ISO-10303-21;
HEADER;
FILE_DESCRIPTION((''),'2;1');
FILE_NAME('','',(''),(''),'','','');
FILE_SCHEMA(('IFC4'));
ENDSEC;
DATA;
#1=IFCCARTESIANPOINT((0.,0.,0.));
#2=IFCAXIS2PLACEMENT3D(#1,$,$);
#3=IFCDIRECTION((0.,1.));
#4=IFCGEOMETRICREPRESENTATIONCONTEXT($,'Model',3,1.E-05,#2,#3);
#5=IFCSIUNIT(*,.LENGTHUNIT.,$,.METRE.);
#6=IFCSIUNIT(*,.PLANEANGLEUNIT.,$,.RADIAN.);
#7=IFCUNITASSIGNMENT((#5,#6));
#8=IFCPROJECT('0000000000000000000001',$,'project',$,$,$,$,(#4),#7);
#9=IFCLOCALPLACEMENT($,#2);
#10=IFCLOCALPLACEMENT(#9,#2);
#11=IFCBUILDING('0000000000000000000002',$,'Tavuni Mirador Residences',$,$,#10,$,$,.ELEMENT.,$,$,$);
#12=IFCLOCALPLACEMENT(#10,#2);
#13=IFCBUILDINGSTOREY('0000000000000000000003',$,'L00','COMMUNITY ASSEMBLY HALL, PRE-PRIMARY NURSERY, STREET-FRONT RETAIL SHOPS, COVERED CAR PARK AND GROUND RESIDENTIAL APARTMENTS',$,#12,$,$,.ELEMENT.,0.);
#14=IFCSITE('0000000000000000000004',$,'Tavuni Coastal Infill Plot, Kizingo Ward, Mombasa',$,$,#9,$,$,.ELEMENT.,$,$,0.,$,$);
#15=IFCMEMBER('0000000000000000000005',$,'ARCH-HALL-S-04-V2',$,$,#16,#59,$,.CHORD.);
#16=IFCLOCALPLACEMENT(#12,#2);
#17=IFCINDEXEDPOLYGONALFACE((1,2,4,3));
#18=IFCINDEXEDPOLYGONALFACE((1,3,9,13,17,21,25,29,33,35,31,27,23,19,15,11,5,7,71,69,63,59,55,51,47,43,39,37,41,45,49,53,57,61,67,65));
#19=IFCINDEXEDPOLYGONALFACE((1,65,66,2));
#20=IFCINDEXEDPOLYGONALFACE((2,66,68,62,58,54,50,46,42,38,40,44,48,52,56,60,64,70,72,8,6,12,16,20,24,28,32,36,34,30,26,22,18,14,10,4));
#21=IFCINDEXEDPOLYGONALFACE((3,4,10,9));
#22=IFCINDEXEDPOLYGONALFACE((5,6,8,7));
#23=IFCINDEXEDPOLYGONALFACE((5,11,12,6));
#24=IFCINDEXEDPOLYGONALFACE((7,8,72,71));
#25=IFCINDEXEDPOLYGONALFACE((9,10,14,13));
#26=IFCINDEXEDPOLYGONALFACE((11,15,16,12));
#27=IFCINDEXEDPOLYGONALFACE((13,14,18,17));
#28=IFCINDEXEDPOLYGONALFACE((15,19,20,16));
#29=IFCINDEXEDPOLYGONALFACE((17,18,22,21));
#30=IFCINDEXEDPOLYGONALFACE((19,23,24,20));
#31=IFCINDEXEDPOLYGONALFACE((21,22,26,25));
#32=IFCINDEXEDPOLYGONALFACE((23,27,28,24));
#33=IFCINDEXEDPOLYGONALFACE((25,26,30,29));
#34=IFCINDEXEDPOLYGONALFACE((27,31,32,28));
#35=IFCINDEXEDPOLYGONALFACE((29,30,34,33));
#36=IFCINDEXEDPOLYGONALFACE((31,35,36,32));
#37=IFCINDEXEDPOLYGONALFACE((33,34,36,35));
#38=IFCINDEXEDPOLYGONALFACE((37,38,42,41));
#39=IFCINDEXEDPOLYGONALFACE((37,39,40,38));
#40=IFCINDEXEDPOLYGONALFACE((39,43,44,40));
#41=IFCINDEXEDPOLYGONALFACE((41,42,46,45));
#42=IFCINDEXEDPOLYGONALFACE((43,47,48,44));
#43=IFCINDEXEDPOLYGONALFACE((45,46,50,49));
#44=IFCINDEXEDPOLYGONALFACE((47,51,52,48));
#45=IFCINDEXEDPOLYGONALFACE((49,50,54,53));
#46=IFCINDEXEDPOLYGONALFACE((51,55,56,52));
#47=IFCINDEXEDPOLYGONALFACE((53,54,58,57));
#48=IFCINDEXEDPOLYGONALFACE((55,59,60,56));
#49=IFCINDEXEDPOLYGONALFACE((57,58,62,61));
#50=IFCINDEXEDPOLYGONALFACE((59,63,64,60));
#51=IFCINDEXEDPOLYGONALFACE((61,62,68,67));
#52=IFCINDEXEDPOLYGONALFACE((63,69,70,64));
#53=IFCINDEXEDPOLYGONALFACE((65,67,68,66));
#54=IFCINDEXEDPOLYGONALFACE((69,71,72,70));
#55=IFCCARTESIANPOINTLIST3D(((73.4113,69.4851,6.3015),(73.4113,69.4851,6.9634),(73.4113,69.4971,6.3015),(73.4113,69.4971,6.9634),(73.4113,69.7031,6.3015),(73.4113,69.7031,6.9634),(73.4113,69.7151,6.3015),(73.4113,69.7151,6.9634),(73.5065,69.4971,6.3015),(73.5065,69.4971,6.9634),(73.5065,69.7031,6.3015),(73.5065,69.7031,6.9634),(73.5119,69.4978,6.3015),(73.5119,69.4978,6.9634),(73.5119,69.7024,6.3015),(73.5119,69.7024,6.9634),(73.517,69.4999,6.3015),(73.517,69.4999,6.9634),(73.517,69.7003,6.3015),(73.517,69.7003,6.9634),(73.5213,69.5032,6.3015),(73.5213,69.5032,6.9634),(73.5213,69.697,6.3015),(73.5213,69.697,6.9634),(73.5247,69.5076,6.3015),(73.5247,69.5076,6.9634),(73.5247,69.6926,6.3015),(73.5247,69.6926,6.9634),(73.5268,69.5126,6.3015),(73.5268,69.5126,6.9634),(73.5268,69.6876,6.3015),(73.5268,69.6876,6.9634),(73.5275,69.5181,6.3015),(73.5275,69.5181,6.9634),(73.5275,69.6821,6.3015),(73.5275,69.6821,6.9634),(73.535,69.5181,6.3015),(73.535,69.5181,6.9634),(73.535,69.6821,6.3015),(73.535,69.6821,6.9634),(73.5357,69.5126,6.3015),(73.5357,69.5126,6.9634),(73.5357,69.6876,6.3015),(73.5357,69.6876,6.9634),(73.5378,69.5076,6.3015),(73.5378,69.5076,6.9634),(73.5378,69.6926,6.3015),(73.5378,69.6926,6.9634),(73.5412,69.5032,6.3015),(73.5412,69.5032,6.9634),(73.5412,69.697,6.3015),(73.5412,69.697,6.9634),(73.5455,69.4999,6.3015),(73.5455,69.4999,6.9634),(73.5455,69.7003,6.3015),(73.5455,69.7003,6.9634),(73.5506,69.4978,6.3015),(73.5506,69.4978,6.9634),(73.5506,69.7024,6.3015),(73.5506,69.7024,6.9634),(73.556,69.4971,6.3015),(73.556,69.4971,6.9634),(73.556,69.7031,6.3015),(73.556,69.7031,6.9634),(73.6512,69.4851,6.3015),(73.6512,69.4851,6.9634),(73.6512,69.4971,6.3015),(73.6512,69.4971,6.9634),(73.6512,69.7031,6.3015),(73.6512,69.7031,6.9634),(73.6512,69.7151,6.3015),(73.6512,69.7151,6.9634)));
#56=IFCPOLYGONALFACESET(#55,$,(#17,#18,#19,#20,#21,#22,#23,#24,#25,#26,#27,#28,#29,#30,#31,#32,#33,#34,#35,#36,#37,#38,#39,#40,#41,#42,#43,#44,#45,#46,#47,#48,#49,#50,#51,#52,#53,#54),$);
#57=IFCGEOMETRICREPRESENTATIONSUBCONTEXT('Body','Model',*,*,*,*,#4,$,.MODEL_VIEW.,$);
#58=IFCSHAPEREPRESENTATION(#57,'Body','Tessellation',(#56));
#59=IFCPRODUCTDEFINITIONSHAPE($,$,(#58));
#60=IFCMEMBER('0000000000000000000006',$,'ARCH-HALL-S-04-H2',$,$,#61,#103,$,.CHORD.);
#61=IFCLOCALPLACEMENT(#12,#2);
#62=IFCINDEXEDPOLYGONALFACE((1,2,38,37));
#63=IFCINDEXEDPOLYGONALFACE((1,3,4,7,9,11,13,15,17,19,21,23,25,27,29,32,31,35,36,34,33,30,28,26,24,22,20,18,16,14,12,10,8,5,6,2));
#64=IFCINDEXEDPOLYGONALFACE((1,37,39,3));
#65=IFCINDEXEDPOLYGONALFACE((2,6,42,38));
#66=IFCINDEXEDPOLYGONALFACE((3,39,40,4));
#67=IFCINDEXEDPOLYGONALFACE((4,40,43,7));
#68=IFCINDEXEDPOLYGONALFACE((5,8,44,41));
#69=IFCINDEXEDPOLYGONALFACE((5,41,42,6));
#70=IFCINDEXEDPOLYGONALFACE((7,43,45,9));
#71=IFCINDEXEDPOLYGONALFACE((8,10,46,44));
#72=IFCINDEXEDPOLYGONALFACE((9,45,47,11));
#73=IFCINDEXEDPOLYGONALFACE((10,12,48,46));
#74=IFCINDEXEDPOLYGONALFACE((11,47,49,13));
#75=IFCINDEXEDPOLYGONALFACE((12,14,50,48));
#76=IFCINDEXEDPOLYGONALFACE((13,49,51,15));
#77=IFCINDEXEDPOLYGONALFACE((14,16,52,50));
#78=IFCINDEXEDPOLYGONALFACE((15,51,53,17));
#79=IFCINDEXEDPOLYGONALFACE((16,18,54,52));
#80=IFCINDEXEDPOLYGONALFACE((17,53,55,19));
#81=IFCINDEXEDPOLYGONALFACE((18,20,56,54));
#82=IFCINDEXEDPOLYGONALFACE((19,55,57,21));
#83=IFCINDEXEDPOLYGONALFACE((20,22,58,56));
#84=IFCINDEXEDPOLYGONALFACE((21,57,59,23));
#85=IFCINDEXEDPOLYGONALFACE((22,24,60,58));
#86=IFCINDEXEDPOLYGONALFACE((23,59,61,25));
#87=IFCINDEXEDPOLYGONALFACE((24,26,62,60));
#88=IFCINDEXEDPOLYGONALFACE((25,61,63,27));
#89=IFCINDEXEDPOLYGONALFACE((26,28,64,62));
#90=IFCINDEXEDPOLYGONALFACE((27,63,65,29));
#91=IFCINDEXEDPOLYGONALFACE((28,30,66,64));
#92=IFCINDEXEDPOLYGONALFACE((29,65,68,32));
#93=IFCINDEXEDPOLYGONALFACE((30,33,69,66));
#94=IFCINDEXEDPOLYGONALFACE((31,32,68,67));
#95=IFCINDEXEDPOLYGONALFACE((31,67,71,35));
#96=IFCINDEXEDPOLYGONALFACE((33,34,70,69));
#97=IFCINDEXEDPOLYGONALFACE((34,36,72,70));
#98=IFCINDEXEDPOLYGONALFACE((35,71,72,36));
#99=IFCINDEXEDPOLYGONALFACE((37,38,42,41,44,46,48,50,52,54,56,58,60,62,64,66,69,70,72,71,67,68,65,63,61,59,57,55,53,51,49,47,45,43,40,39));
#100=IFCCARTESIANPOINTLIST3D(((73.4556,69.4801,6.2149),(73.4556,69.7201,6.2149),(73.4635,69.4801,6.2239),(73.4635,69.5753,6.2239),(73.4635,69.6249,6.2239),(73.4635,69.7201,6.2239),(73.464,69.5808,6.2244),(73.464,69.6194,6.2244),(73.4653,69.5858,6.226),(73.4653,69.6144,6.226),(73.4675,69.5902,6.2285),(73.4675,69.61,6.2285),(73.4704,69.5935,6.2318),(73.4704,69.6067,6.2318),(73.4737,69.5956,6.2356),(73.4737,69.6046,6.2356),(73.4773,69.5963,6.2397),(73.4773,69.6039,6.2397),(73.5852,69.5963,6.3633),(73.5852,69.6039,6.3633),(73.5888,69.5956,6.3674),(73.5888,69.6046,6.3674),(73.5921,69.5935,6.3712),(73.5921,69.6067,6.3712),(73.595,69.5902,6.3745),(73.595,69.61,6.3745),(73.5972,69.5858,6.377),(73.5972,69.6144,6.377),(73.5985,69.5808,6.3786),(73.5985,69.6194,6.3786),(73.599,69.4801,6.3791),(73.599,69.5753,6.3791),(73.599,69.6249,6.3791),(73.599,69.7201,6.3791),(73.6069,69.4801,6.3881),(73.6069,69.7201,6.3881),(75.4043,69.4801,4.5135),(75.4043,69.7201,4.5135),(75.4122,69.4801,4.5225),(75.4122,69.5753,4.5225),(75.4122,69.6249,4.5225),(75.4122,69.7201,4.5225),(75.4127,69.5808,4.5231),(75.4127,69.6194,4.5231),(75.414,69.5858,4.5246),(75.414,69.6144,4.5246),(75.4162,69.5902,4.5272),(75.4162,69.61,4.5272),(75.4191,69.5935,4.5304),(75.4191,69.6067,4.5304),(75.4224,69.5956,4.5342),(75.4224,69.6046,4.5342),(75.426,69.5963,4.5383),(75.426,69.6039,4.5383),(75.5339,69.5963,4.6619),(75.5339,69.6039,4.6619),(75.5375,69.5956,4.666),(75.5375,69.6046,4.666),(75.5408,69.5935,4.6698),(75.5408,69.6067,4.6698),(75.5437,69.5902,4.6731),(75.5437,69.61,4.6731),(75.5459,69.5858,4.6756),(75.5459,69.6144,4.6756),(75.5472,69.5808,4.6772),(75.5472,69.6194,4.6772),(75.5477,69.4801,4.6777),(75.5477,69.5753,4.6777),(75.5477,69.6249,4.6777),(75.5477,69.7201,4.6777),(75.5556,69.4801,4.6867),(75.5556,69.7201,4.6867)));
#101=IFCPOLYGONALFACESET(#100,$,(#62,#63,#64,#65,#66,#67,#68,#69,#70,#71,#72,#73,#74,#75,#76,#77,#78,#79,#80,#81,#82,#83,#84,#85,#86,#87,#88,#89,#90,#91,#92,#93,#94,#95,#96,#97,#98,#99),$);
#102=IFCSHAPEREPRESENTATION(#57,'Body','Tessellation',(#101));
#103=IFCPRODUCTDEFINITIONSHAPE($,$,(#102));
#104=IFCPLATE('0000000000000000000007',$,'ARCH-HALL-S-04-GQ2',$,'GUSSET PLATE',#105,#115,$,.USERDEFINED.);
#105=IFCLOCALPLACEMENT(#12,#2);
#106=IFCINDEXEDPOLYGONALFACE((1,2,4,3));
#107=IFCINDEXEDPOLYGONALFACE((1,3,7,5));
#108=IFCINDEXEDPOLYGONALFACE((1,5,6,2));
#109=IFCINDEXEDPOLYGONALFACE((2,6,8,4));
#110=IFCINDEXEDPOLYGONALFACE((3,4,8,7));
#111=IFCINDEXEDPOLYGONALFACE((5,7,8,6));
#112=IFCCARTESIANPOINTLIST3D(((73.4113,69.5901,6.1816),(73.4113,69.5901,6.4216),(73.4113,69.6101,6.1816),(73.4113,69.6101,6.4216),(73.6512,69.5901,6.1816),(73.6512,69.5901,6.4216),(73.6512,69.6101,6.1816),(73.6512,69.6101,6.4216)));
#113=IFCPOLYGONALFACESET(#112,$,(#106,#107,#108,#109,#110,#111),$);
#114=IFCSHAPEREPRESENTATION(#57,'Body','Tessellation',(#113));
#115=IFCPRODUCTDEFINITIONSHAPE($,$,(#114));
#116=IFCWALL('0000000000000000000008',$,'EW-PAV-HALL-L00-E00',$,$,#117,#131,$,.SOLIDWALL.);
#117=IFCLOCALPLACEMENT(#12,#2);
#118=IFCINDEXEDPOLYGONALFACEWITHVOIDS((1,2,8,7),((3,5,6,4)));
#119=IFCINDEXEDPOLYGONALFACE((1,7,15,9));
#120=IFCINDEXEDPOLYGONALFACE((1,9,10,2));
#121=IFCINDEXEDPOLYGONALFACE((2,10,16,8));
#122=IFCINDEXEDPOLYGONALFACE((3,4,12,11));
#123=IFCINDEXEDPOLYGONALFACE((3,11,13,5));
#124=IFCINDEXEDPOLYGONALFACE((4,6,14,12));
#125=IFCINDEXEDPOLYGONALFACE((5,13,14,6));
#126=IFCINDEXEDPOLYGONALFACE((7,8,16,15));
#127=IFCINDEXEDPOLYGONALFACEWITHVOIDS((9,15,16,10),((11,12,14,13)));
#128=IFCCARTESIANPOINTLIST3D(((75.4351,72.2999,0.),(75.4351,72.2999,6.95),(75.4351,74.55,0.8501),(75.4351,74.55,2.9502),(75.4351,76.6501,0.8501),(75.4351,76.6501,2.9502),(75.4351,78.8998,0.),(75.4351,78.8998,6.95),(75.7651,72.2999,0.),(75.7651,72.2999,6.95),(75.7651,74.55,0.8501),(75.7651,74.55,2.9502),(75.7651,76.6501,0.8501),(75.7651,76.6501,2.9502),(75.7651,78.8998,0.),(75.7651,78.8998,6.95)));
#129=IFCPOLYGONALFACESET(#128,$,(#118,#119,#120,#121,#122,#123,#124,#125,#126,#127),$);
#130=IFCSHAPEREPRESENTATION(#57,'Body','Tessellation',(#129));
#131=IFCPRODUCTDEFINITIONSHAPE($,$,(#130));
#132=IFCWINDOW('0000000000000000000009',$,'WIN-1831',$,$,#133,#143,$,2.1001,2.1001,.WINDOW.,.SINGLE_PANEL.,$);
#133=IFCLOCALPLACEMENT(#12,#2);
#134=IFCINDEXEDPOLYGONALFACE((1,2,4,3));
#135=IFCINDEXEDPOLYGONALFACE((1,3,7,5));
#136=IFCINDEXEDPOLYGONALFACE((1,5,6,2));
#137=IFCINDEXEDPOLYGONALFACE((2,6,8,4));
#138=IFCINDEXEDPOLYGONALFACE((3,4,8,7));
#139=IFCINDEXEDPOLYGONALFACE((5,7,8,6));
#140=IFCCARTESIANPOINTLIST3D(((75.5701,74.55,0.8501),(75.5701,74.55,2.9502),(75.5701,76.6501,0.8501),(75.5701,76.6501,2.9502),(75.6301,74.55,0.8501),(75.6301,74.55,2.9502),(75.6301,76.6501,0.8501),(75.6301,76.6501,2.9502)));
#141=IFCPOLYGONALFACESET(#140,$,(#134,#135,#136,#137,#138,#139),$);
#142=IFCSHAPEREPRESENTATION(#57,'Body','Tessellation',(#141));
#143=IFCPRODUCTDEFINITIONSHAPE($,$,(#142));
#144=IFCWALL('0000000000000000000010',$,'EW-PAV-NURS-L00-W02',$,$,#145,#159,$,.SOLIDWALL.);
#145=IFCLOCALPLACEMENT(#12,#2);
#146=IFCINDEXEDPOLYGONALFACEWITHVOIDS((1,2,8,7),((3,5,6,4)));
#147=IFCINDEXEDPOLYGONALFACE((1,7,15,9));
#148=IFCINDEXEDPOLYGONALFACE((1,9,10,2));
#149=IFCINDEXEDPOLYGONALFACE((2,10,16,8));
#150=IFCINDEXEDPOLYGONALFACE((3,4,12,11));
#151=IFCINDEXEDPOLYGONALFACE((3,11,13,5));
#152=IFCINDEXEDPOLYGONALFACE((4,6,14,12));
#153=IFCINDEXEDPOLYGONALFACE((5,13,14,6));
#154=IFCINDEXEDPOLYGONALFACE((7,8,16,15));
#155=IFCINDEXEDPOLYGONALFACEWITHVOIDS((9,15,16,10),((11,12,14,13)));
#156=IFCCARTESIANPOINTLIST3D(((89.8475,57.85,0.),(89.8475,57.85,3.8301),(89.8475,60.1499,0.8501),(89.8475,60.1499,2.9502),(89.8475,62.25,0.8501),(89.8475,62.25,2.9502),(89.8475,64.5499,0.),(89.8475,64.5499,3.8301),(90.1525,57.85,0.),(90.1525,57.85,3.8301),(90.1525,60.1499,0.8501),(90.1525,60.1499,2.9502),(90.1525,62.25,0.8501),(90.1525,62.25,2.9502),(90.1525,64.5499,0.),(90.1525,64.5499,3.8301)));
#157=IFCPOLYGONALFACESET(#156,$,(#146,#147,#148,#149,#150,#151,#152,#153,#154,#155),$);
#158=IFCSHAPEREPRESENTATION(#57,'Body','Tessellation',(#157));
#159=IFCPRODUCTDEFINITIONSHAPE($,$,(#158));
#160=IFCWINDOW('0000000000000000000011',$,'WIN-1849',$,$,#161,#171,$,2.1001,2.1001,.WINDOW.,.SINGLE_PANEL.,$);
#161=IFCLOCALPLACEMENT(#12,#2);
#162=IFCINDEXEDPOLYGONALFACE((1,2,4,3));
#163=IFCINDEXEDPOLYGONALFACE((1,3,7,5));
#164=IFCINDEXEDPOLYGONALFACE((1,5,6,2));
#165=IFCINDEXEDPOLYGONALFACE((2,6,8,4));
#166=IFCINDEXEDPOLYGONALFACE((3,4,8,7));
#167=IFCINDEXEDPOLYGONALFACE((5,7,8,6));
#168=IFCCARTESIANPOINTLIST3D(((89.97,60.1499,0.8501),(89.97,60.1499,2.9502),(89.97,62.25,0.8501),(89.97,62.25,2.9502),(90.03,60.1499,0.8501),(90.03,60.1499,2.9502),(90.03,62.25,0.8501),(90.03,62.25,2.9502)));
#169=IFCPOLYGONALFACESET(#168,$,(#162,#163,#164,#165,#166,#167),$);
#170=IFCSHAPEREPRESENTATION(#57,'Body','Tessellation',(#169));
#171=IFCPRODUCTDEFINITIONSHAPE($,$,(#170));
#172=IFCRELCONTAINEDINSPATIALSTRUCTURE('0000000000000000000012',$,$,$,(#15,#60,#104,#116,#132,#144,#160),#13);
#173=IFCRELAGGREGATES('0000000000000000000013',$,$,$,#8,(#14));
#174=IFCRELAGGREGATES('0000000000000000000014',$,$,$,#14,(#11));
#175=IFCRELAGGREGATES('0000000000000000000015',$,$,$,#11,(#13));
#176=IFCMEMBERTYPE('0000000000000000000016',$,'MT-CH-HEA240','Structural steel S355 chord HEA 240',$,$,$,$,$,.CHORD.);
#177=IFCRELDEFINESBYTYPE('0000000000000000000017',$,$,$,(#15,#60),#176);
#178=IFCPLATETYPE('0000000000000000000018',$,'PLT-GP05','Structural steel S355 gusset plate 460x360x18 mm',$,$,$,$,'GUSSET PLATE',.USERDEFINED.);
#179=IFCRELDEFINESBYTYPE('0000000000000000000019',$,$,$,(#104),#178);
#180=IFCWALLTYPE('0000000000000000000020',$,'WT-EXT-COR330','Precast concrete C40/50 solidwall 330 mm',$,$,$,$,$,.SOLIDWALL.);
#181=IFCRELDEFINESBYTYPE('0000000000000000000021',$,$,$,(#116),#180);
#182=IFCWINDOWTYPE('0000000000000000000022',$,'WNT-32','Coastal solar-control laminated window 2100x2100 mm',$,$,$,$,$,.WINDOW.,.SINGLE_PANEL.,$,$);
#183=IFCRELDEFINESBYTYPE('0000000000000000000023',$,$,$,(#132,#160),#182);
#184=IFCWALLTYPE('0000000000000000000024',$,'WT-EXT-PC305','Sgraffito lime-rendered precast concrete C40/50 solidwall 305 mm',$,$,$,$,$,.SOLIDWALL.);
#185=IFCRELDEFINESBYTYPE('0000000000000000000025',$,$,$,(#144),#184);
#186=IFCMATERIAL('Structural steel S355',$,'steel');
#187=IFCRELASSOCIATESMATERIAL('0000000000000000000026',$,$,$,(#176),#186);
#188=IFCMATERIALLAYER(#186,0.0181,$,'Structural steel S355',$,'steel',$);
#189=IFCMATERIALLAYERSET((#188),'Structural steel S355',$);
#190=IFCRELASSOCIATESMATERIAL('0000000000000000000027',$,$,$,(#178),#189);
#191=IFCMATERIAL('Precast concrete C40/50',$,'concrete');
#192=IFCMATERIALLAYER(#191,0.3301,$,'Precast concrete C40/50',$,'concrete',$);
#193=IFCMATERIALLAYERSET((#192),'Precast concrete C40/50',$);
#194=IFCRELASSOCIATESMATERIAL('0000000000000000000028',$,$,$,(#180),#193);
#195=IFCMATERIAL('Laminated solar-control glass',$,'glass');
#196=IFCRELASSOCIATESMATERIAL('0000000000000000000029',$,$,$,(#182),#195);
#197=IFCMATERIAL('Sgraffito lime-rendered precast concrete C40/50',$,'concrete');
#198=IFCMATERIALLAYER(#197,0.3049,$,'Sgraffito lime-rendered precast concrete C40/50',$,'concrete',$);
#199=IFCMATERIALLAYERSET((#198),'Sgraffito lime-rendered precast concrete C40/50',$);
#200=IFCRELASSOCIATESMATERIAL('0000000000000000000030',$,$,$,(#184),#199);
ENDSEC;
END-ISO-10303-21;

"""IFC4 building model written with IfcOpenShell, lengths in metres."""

from ifc_helpers import new_model, si_unit, direction, frame, frame_2d, origin, origin_2d, place, context, subcontext, project, spatial, rectangle, i_section, extrude, material, layer, layer_set, material_profile, profile_set, type_object, element, fill, save


model = new_model("IFC4")

# Units and contexts
model_context = context("Model", 3, precision=1e-05, world=origin(), true_north=direction((0.0, 1.0)))
body_context = subcontext(model_context, "Body", "Model", "MODEL_VIEW")
ifc_project = project(units=[si_unit("LENGTHUNIT", "METRE"), si_unit("PLANEANGLEUNIT", "RADIAN")], contexts=[model_context])

# Site, building, storey
site_placement = place(None, origin())
site = spatial("IfcSite", under=ifc_project, at=site_placement, Name="Tavuni Coastal Infill Plot, Kizingo Ward, Mombasa", CompositionType="ELEMENT", RefElevation=0.0)
building_placement = place(site_placement, origin())
building = spatial("IfcBuilding", under=site, at=building_placement, Name="Tavuni Mirador Residences", CompositionType="ELEMENT")
storey_placement = place(building_placement, origin())
storey = spatial("IfcBuildingStorey", under=building, at=storey_placement, Name="L00", Description="COMMUNITY ASSEMBLY HALL, PRE-PRIMARY NURSERY, STREET-FRONT RETAIL SHOPS, COVERED CAR PARK AND GROUND RESIDENTIAL APARTMENTS", CompositionType="ELEMENT", Elevation=0.0)

# Shared definitions
ifc_material_1 = material(Name="Precast concrete C40/50", Category="concrete")
ifc_material_2 = material(Name="Structural steel S355", Category="steel")

# Members
ifc_material_profile_1 = material_profile(ifc_material_2, i_section(OverallWidth=0.24, OverallDepth=0.23, WebThickness=0.0076, FlangeThickness=0.012, FilletRadius=0.021, at=origin_2d()), Name="HEA 240", Category="steel")
ifc_profile_set_1 = profile_set([ifc_material_profile_1], Name="Structural steel S355")
member_type = type_object("IfcMemberType", Name="MT-CH-HEA240", Description="Structural steel S355 chord HEA 240", PredefinedType="CHORD", material=ifc_profile_set_1)
member_1_placement = place(storey_placement, frame((73.5312, 69.6001, 6.3015), z_axis=(0.0, 0.0, 1.0), x_axis=(1.0, 0.0, 0.0)))
element("IfcMember", 1, at=member_1_placement, inside=storey, type_object=member_type, Name="ARCH-HALL-S-04-V2", PredefinedType="CHORD", context=body_context, shape_type="SweptSolid", body=[
    extrude(i_section(OverallWidth=0.24, OverallDepth=0.23, WebThickness=0.0076, FlangeThickness=0.012, FilletRadius=0.021, at=origin_2d()), origin(), (0.0, 0.0, 1.0), 0.6619),
])
member_2_placement = place(storey_placement, frame((73.5312, 69.6001, 6.3015), z_axis=(0.753289, 0.0, -0.657689), x_axis=(0.0, 1.0, 0.0)))
element("IfcMember", 2, at=member_2_placement, inside=storey, type_object=member_type, Name="ARCH-HALL-S-04-H2", PredefinedType="CHORD", context=body_context, shape_type="SweptSolid", body=[
    extrude(i_section(OverallWidth=0.24, OverallDepth=0.23, WebThickness=0.0076, FlangeThickness=0.012, FilletRadius=0.021, at=origin_2d()), origin(), (0.0, 0.0, 1.0), 2.5869),
])

# Plate
ifc_layer_1 = layer(ifc_material_2, 0.0181, Name="Structural steel S355", Category="steel")
ifc_layer_set_1 = layer_set([ifc_layer_1], Name="Structural steel S355")
plate_type = type_object("IfcPlateType", Name="PLT-GP05", Description="Structural steel S355 gusset plate 460x360x18 mm", ElementType="GUSSET PLATE", PredefinedType="USERDEFINED", material=ifc_layer_set_1)
plate_placement = place(storey_placement, frame((73.5312, 69.6001, 6.1816), z_axis=(0.0, 0.0, 1.0), x_axis=(1.0, 0.0, 0.0)))
element("IfcPlate", 3, at=plate_placement, inside=storey, type_object=plate_type, Name="ARCH-HALL-S-04-GQ2", ObjectType="GUSSET PLATE", PredefinedType="USERDEFINED", context=body_context, shape_type="SweptSolid", body=[
    extrude(rectangle(XDim=0.24, YDim=0.02, at=origin_2d()), origin(), (0.0, 0.0, 1.0), 0.24),
])

# Walls, openings, windows
ifc_layer_2 = layer(ifc_material_1, 0.3301, Name="Precast concrete C40/50", Category="concrete")
ifc_layer_set_2 = layer_set([ifc_layer_2], Name="Precast concrete C40/50")
wall_type_1 = type_object("IfcWallType", Name="WT-EXT-COR330", Description="Precast concrete C40/50 solidwall 330 mm", PredefinedType="SOLIDWALL", material=ifc_layer_set_2)
wall_1_placement = place(storey_placement, frame((75.6001, 72.3, 0.0), z_axis=(0.0, 0.0, 1.0), x_axis=(0.0, 1.0, 0.0)))
wall_1 = element("IfcWall", 4, at=wall_1_placement, inside=storey, type_object=wall_type_1, Name="EW-PAV-HALL-L00-E00", PredefinedType="SOLIDWALL", context=body_context, shape_type="SweptSolid", body=[
    extrude(rectangle(XDim=6.5999, YDim=0.3301, at=frame_2d((3.2998, 0.0))), origin(), (0.0, 0.0, 1.0), 6.95),
])
opening_1_placement = place(wall_1_placement, frame((2.25, 0.0, 0.8501)))
opening_1 = element("IfcOpeningElement", 5, at=opening_1_placement, cuts=wall_1, PredefinedType="OPENING", context=body_context, shape_type="SweptSolid", body=[
    extrude(rectangle(XDim=2.1001, YDim=2.1001, at=frame_2d((1.05, 1.05))), frame((0.0, 0.175, 0.0), z_axis=(0.0, -1.0, 0.0), x_axis=(1.0, 0.0, 0.0)), (0.0, 0.0, 1.0), 0.3501),
])
ifc_material_3 = material(Name="Laminated solar-control glass", Category="glass")
window_type = type_object("IfcWindowType", Name="WNT-32", Description="Coastal solar-control laminated window 2100x2100 mm", PartitioningType="SINGLE_PANEL", PredefinedType="WINDOW", material=ifc_material_3)
window_1_placement = place(opening_1_placement, origin())
window_1 = element("IfcWindow", 6, at=window_1_placement, inside=storey, type_object=window_type, Name="WIN-1831", OverallHeight=2.1001, OverallWidth=2.1001, PartitioningType="SINGLE_PANEL", PredefinedType="WINDOW", context=body_context, shape_type="SweptSolid", body=[
    extrude(rectangle(XDim=2.1001, YDim=2.1001, at=frame_2d((1.05, 1.05))), frame((0.0, 0.03, 0.0), z_axis=(0.0, -1.0, 0.0), x_axis=(1.0, 0.0, 0.0)), (0.0, 0.0, 1.0), 0.0601),
])
fill(opening_1, window_1)
ifc_material_4 = material(Name="Sgraffito lime-rendered precast concrete C40/50", Category="concrete")
ifc_layer_3 = layer(ifc_material_4, 0.3049, Name="Sgraffito lime-rendered precast concrete C40/50", Category="concrete")
ifc_layer_set_3 = layer_set([ifc_layer_3], Name="Sgraffito lime-rendered precast concrete C40/50")
wall_type_2 = type_object("IfcWallType", Name="WT-EXT-PC305", Description="Sgraffito lime-rendered precast concrete C40/50 solidwall 305 mm", PredefinedType="SOLIDWALL", material=ifc_layer_set_3)
wall_2_placement = place(storey_placement, frame((90.0, 64.55, 0.0), z_axis=(0.0, 0.0, 1.0), x_axis=(0.0, -1.0, 0.0)))
wall_2 = element("IfcWall", 7, at=wall_2_placement, inside=storey, type_object=wall_type_2, Name="EW-PAV-NURS-L00-W02", PredefinedType="SOLIDWALL", context=body_context, shape_type="SweptSolid", body=[
    extrude(rectangle(XDim=6.7, YDim=0.3049, at=frame_2d((3.3501, 0.0))), origin(), (0.0, 0.0, 1.0), 3.8301),
])
opening_2_placement = place(wall_2_placement, frame((2.3, 0.0, 0.8501)))
opening_2 = element("IfcOpeningElement", 8, at=opening_2_placement, cuts=wall_2, PredefinedType="OPENING", context=body_context, shape_type="SweptSolid", body=[
    extrude(rectangle(XDim=2.1001, YDim=2.1001, at=frame_2d((1.05, 1.05))), frame((0.0, 0.1626, 0.0), z_axis=(0.0, -1.0, 0.0), x_axis=(1.0, 0.0, 0.0)), (0.0, 0.0, 1.0), 0.325),
])
window_2_placement = place(opening_2_placement, origin())
window_2 = element("IfcWindow", 9, at=window_2_placement, inside=storey, type_object=window_type, Name="WIN-1849", OverallHeight=2.1001, OverallWidth=2.1001, PartitioningType="SINGLE_PANEL", PredefinedType="WINDOW", context=body_context, shape_type="SweptSolid", body=[
    extrude(rectangle(XDim=2.1001, YDim=2.1001, at=frame_2d((1.05, 1.05))), frame((0.0, 0.03, 0.0), z_axis=(0.0, -1.0, 0.0), x_axis=(1.0, 0.0, 0.0)), (0.0, 0.0, 1.0), 0.0601),
])
fill(opening_2, window_2)

save(model, "model.ifc")
